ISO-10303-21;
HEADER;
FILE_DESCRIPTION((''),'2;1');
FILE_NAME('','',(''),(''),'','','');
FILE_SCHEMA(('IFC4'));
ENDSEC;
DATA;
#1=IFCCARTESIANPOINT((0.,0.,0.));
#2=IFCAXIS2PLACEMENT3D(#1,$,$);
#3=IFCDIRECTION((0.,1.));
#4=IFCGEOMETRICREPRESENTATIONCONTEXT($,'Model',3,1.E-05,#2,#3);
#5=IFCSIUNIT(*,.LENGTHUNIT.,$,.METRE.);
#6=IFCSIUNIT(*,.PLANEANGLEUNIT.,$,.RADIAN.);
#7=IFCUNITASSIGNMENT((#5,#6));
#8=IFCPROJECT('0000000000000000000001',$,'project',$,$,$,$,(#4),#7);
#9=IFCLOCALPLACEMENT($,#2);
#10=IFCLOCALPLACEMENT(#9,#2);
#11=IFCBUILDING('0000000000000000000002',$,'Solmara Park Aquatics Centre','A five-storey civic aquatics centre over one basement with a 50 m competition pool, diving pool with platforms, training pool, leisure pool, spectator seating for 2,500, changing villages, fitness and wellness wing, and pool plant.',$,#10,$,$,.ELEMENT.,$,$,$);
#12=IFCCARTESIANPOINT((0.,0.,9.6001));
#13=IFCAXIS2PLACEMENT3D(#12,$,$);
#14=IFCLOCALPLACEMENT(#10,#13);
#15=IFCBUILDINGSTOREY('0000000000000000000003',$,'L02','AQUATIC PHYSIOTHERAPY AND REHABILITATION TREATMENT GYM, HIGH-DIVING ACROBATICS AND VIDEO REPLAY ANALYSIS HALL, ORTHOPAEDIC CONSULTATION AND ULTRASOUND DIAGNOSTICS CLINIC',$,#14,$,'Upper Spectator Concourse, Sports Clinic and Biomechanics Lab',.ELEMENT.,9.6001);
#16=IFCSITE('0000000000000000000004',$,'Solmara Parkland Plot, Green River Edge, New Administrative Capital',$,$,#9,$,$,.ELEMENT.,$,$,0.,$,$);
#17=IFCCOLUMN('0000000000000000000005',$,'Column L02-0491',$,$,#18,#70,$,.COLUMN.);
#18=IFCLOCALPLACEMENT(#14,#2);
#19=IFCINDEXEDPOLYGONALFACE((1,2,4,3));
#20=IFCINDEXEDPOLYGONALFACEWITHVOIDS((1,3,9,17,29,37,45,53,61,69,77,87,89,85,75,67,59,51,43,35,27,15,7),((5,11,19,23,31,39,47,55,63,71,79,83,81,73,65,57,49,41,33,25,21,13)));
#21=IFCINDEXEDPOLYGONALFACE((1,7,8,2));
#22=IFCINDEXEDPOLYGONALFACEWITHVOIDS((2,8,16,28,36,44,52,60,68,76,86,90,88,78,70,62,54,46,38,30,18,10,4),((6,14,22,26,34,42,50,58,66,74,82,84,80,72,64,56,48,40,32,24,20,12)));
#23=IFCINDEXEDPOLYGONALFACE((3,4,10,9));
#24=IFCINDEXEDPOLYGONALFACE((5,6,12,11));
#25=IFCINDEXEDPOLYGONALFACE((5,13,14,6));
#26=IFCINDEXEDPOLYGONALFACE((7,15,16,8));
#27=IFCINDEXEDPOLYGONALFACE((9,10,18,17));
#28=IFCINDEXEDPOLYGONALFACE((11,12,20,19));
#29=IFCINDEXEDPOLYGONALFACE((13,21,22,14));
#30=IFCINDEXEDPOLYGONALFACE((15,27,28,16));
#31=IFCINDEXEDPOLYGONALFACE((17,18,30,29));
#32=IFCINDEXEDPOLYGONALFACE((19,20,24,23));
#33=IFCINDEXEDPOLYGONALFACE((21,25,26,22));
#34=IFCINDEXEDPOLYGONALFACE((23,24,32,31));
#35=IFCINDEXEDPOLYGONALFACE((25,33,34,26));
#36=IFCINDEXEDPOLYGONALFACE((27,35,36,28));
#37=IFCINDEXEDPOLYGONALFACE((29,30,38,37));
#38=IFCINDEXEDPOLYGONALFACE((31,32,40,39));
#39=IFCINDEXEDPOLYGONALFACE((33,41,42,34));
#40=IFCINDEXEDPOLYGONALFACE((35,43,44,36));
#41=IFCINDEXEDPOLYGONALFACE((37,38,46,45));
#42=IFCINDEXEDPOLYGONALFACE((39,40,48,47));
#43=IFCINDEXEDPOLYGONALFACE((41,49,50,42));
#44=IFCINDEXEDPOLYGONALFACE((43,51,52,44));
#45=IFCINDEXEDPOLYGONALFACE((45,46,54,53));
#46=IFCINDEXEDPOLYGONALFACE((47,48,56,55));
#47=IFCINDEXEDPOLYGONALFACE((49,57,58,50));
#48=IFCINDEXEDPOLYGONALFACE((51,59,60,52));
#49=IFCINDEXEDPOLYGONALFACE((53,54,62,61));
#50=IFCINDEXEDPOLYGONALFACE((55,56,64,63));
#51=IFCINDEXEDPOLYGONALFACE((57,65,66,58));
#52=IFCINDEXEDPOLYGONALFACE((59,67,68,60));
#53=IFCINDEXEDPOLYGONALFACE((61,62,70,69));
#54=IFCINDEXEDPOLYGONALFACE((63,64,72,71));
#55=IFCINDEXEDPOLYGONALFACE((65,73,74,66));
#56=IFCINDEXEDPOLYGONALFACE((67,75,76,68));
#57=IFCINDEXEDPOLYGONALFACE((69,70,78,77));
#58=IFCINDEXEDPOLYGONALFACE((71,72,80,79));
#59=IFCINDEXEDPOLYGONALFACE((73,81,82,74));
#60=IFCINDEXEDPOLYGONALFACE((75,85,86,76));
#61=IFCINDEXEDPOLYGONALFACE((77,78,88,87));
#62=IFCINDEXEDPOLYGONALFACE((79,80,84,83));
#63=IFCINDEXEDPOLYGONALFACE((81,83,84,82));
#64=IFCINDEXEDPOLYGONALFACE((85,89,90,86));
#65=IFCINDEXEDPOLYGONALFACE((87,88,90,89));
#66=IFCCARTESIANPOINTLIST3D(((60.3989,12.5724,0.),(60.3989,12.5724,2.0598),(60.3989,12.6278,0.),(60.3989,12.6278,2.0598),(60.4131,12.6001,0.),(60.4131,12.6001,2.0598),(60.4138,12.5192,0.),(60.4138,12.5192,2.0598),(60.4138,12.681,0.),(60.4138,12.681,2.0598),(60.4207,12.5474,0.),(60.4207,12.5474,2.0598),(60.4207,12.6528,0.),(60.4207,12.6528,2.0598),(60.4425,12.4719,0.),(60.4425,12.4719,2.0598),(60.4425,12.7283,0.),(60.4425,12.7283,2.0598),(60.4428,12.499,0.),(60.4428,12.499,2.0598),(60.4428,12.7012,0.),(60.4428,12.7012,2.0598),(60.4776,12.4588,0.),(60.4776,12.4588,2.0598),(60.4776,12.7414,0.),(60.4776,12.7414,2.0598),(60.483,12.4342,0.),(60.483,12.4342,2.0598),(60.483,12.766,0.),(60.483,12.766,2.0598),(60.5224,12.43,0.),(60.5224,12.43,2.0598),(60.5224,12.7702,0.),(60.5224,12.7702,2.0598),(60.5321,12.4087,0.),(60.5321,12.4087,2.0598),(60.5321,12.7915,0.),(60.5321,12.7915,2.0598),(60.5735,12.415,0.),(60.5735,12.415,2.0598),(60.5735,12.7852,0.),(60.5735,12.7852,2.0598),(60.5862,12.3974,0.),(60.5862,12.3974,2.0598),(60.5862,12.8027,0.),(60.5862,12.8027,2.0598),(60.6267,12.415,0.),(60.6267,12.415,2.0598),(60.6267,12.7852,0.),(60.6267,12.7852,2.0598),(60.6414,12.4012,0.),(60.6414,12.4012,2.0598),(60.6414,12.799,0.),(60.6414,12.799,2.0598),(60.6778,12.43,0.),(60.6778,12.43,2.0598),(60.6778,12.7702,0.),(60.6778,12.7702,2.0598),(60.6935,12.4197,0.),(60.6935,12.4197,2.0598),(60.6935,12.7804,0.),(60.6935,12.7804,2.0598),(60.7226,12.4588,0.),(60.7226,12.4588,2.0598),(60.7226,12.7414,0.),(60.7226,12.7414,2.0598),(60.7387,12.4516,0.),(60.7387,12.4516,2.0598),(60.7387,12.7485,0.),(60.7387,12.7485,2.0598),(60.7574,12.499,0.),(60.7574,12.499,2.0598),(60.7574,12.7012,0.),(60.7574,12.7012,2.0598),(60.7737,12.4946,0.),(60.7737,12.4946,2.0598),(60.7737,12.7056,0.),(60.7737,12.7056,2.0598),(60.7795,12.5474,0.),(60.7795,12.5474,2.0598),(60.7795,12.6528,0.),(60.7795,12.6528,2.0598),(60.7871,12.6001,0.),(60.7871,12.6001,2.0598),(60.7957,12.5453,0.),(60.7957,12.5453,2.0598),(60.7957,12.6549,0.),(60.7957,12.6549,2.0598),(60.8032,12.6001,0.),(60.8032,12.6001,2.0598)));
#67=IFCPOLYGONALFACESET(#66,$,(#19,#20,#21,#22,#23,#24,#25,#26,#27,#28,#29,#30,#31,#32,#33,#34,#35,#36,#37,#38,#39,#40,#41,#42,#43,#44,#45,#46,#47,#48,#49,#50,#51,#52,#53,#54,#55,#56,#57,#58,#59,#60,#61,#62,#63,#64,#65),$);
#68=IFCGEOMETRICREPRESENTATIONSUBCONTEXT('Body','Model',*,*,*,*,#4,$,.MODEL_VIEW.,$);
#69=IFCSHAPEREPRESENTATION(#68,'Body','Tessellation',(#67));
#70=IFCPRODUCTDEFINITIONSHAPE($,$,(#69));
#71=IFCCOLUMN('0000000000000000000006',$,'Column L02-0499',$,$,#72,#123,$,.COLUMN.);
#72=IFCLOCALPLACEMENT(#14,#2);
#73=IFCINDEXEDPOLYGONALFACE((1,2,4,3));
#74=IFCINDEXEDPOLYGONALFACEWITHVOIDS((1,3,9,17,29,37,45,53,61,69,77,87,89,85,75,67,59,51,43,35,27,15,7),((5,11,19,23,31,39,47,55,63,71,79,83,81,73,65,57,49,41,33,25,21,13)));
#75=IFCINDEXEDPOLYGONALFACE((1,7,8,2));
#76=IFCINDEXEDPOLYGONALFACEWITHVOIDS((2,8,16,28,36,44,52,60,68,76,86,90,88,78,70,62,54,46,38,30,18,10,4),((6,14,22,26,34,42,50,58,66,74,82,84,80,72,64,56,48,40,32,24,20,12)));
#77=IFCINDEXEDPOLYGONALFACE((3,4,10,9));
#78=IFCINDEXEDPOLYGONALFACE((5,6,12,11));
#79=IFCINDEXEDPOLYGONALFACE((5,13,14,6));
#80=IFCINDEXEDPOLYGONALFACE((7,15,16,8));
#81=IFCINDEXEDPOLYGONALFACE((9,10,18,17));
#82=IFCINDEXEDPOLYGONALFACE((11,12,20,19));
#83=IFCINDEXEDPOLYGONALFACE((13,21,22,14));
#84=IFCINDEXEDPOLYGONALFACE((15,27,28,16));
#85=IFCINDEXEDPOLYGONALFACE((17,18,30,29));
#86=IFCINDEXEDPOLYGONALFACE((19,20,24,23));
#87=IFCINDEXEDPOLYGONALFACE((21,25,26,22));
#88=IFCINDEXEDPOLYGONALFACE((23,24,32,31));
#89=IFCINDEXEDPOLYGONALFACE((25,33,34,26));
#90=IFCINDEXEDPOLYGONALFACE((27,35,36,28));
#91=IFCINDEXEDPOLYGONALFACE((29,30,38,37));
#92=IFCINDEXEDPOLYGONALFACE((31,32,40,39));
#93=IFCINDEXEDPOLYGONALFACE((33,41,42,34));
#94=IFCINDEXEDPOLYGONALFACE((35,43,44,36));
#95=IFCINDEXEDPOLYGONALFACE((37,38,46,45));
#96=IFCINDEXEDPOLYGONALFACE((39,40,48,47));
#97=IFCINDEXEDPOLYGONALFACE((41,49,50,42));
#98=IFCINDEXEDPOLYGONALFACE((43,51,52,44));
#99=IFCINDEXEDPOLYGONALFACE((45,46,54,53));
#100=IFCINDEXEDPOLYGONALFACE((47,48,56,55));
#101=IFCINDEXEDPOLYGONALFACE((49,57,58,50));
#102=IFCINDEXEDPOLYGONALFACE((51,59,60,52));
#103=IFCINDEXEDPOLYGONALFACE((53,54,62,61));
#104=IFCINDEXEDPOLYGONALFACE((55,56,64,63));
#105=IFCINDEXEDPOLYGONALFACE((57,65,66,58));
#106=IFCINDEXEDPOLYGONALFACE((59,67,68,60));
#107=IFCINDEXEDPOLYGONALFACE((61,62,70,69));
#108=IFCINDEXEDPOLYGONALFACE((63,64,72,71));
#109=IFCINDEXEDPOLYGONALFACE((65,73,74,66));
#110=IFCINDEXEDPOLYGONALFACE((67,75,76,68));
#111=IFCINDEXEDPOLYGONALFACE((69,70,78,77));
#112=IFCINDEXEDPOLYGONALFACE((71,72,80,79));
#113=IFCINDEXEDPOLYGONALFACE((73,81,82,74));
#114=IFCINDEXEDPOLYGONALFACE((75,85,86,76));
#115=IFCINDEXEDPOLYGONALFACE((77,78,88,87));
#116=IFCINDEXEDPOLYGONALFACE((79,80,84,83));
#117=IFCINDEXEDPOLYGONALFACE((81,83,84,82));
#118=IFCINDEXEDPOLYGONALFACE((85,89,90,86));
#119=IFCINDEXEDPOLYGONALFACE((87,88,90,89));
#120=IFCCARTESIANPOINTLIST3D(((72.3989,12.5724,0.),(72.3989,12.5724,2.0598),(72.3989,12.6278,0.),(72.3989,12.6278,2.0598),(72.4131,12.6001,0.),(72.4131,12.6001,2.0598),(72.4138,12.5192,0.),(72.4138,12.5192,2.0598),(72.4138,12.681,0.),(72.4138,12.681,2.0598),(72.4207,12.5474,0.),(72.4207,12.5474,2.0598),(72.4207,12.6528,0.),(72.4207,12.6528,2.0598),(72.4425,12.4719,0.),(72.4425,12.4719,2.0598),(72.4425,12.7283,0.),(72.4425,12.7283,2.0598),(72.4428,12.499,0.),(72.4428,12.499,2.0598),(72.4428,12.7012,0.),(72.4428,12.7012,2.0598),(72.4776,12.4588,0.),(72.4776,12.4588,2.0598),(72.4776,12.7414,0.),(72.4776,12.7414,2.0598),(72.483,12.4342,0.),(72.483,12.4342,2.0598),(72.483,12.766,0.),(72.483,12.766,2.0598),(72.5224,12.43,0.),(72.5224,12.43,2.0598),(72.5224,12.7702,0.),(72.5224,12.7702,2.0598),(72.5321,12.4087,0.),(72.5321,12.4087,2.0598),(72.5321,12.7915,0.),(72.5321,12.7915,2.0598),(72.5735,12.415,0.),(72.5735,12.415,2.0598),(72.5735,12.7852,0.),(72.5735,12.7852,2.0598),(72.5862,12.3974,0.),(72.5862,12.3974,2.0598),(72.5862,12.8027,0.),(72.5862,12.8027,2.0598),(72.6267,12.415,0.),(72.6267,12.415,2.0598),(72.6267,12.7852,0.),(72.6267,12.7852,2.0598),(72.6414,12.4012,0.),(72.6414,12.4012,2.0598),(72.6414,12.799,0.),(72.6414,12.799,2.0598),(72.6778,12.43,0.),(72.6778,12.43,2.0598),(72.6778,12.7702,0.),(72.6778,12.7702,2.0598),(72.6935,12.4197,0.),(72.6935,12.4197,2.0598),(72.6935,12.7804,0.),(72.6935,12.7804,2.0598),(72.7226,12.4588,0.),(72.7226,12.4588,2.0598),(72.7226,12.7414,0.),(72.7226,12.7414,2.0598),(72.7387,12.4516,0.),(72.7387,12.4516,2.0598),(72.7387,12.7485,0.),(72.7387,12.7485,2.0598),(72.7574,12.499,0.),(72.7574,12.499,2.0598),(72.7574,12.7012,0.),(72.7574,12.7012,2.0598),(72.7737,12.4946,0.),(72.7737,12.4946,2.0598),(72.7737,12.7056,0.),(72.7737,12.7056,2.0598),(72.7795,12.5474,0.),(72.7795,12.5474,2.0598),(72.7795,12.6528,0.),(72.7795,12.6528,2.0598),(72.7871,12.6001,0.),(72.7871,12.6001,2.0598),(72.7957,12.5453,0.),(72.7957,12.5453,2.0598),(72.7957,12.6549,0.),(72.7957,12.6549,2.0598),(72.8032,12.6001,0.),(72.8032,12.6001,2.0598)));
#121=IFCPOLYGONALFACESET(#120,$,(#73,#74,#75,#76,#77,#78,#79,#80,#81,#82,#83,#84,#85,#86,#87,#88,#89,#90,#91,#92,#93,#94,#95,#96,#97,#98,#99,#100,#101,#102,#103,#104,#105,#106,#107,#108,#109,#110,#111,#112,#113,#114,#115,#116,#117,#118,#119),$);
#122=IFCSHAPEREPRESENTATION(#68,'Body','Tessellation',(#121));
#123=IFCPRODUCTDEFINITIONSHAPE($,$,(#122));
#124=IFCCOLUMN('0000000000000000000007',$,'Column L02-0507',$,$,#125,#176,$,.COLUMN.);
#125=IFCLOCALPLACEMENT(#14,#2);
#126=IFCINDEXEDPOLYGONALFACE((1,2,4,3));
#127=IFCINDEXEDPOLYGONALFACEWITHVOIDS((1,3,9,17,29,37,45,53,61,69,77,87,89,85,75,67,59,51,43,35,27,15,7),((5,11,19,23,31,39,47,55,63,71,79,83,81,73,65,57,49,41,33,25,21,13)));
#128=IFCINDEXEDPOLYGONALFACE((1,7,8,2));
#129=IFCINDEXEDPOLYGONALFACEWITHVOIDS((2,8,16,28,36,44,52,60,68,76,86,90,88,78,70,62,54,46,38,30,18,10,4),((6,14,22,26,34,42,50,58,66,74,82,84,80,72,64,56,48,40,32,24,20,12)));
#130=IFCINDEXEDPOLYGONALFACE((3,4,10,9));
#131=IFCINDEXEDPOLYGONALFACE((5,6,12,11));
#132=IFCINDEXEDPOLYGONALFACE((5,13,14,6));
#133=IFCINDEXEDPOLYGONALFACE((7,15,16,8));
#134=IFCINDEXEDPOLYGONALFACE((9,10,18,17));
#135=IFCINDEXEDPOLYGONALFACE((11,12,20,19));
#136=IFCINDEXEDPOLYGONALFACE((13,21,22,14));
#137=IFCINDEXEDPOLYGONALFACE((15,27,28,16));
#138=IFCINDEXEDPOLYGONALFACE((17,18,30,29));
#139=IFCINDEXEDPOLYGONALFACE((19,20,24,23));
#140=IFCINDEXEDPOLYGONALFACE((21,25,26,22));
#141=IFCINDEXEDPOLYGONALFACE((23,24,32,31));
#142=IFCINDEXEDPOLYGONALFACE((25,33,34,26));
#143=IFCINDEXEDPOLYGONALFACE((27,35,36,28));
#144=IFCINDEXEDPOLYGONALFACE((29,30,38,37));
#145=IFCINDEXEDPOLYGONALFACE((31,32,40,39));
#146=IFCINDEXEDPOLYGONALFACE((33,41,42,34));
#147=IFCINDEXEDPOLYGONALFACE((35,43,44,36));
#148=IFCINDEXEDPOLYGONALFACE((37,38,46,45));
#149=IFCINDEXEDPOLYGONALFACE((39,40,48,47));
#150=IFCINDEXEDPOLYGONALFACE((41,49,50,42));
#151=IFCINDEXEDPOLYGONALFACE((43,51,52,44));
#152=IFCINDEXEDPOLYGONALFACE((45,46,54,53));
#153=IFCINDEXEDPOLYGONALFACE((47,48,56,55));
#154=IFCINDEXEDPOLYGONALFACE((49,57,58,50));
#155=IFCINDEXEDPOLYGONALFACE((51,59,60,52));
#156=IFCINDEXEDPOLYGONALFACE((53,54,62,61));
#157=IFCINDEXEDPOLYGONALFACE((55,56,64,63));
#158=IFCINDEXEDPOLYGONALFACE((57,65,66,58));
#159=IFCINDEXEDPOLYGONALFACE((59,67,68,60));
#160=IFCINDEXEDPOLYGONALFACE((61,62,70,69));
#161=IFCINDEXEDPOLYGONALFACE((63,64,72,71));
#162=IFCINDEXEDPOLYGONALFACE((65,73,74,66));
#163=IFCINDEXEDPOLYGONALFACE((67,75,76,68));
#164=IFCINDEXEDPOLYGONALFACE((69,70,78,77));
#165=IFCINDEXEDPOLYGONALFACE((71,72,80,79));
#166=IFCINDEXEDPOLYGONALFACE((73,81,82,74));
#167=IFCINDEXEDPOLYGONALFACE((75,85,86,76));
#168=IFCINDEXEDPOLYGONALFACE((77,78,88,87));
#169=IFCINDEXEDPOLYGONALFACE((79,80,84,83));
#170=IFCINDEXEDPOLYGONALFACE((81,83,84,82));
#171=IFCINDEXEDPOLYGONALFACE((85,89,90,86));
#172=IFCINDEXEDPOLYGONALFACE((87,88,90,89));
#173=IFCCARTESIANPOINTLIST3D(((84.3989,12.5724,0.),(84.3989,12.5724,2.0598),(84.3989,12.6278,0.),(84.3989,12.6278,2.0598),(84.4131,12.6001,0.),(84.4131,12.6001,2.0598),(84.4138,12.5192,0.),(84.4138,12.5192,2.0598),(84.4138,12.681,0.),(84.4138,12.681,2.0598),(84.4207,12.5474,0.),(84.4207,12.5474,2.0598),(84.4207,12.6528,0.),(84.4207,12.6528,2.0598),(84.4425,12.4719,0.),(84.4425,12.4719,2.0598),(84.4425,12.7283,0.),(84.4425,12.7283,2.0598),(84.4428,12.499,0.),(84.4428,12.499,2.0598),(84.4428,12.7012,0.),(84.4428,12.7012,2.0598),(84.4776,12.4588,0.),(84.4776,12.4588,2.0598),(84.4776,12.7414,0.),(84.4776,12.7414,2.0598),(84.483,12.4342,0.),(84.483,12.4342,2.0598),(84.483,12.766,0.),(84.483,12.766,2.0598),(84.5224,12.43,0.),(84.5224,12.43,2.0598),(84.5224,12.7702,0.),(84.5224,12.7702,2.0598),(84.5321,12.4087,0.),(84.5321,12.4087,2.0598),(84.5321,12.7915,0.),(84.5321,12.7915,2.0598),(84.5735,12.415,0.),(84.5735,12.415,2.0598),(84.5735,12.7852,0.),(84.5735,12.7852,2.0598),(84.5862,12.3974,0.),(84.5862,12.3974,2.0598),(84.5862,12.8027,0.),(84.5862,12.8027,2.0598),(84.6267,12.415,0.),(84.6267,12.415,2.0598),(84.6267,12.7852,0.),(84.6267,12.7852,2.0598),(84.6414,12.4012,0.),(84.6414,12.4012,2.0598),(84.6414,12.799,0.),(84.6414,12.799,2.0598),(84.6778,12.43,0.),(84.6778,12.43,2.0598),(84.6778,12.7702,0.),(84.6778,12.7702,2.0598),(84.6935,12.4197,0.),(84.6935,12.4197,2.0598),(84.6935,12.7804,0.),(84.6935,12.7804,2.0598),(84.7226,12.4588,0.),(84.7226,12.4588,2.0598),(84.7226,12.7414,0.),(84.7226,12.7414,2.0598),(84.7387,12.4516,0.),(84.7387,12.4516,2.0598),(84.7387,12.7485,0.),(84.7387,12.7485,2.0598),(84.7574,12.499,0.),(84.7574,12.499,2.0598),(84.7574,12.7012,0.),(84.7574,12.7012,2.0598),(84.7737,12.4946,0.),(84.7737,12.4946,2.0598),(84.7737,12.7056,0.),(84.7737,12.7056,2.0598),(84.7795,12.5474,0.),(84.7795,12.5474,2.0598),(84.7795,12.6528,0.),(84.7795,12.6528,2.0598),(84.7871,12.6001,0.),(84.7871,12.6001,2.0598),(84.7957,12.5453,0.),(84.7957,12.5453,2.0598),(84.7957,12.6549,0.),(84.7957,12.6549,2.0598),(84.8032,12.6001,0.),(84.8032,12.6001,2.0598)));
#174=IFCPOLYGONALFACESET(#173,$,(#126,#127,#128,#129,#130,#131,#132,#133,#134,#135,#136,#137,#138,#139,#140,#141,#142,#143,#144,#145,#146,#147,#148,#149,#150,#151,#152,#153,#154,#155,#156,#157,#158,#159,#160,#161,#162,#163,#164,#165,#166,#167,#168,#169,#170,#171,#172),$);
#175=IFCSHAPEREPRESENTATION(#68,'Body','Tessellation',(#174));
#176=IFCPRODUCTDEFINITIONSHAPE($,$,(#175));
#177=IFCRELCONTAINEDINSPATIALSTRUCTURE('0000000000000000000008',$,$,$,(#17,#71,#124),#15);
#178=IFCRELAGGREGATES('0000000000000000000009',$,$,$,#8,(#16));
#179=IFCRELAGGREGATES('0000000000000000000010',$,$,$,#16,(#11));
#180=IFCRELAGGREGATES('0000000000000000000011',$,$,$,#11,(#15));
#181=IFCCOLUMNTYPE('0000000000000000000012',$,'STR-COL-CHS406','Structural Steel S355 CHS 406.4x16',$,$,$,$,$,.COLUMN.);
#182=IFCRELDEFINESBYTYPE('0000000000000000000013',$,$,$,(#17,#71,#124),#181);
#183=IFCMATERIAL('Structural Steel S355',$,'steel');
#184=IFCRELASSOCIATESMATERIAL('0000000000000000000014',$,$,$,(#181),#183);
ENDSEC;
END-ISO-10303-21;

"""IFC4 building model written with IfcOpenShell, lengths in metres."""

from ifc_helpers import new_model, si_unit, direction, frame, origin, origin_2d, place, context, subcontext, project, spatial, hollow_circle, extrude, material, material_profile, profile_set, type_object, element, save


model = new_model("IFC4")

# Units and contexts
model_context = context("Model", 3, precision=1e-05, world=origin(), true_north=direction((0.0, 1.0)))
body_context = subcontext(model_context, "Body", "Model", "MODEL_VIEW")
ifc_project = project(units=[si_unit("LENGTHUNIT", "METRE"), si_unit("PLANEANGLEUNIT", "RADIAN")], contexts=[model_context])

# Site, building, storey
site_placement = place(None, origin())
site = spatial("IfcSite", under=ifc_project, at=site_placement, Name="Solmara Parkland Plot, Green River Edge, New Administrative Capital", CompositionType="ELEMENT", RefElevation=0.0)
building_placement = place(site_placement, origin())
building = spatial("IfcBuilding", under=site, at=building_placement, Name="Solmara Park Aquatics Centre", Description="A five-storey civic aquatics centre over one basement with a 50 m competition pool, diving pool with platforms, training pool, leisure pool, spectator seating for 2,500, changing villages, fitness and wellness wing, and pool plant.", CompositionType="ELEMENT")
storey_placement = place(building_placement, frame((0.0, 0.0, 9.6001)))
storey = spatial("IfcBuildingStorey", under=building, at=storey_placement, Name="L02", Description="AQUATIC PHYSIOTHERAPY AND REHABILITATION TREATMENT GYM, HIGH-DIVING ACROBATICS AND VIDEO REPLAY ANALYSIS HALL, ORTHOPAEDIC CONSULTATION AND ULTRASOUND DIAGNOSTICS CLINIC", LongName="Upper Spectator Concourse, Sports Clinic and Biomechanics Lab", CompositionType="ELEMENT", Elevation=9.6001)

# Columns
ifc_material_1 = material(Name="Structural Steel S355", Category="steel")
ifc_material_profile_1 = material_profile(ifc_material_1, hollow_circle(Radius=0.2031, WallThickness=0.0161, at=origin_2d()), Name="CHS 406.4x16")
ifc_profile_set_1 = profile_set([ifc_material_profile_1], Name="Structural Steel S355")
column_type_1 = type_object("IfcColumnType", Name="STR-COL-CHS406", Description="Structural Steel S355 CHS 406.4x16", PredefinedType="COLUMN", material=ifc_profile_set_1)
for number, where, z_axis, x_axis, name in (
    (1, (60.6001, 12.6001, 0.0), (0.0, 0.0, 1.0), (1.0, 0.0, 0.0), "Column L02-0491"),
    (2, (72.6001, 12.6001, 0.0), (0.0, 0.0, 1.0), (1.0, 0.0, 0.0), "Column L02-0499"),
    (3, (84.6001, 12.6001, 0.0), (0.0, 0.0, 1.0), (1.0, 0.0, 0.0), "Column L02-0507"),
):
    element("IfcColumn", number, at=place(storey_placement, frame(where, z_axis=z_axis, x_axis=x_axis)), inside=storey, type_object=column_type_1, Name=name, PredefinedType="COLUMN", context=body_context, shape_type="SweptSolid", body=[
        extrude(hollow_circle(Radius=0.2031, WallThickness=0.0161, at=origin_2d()), origin(), (0.0, 0.0, 1.0), 2.0598),
    ])

save(model, "model.ifc")
